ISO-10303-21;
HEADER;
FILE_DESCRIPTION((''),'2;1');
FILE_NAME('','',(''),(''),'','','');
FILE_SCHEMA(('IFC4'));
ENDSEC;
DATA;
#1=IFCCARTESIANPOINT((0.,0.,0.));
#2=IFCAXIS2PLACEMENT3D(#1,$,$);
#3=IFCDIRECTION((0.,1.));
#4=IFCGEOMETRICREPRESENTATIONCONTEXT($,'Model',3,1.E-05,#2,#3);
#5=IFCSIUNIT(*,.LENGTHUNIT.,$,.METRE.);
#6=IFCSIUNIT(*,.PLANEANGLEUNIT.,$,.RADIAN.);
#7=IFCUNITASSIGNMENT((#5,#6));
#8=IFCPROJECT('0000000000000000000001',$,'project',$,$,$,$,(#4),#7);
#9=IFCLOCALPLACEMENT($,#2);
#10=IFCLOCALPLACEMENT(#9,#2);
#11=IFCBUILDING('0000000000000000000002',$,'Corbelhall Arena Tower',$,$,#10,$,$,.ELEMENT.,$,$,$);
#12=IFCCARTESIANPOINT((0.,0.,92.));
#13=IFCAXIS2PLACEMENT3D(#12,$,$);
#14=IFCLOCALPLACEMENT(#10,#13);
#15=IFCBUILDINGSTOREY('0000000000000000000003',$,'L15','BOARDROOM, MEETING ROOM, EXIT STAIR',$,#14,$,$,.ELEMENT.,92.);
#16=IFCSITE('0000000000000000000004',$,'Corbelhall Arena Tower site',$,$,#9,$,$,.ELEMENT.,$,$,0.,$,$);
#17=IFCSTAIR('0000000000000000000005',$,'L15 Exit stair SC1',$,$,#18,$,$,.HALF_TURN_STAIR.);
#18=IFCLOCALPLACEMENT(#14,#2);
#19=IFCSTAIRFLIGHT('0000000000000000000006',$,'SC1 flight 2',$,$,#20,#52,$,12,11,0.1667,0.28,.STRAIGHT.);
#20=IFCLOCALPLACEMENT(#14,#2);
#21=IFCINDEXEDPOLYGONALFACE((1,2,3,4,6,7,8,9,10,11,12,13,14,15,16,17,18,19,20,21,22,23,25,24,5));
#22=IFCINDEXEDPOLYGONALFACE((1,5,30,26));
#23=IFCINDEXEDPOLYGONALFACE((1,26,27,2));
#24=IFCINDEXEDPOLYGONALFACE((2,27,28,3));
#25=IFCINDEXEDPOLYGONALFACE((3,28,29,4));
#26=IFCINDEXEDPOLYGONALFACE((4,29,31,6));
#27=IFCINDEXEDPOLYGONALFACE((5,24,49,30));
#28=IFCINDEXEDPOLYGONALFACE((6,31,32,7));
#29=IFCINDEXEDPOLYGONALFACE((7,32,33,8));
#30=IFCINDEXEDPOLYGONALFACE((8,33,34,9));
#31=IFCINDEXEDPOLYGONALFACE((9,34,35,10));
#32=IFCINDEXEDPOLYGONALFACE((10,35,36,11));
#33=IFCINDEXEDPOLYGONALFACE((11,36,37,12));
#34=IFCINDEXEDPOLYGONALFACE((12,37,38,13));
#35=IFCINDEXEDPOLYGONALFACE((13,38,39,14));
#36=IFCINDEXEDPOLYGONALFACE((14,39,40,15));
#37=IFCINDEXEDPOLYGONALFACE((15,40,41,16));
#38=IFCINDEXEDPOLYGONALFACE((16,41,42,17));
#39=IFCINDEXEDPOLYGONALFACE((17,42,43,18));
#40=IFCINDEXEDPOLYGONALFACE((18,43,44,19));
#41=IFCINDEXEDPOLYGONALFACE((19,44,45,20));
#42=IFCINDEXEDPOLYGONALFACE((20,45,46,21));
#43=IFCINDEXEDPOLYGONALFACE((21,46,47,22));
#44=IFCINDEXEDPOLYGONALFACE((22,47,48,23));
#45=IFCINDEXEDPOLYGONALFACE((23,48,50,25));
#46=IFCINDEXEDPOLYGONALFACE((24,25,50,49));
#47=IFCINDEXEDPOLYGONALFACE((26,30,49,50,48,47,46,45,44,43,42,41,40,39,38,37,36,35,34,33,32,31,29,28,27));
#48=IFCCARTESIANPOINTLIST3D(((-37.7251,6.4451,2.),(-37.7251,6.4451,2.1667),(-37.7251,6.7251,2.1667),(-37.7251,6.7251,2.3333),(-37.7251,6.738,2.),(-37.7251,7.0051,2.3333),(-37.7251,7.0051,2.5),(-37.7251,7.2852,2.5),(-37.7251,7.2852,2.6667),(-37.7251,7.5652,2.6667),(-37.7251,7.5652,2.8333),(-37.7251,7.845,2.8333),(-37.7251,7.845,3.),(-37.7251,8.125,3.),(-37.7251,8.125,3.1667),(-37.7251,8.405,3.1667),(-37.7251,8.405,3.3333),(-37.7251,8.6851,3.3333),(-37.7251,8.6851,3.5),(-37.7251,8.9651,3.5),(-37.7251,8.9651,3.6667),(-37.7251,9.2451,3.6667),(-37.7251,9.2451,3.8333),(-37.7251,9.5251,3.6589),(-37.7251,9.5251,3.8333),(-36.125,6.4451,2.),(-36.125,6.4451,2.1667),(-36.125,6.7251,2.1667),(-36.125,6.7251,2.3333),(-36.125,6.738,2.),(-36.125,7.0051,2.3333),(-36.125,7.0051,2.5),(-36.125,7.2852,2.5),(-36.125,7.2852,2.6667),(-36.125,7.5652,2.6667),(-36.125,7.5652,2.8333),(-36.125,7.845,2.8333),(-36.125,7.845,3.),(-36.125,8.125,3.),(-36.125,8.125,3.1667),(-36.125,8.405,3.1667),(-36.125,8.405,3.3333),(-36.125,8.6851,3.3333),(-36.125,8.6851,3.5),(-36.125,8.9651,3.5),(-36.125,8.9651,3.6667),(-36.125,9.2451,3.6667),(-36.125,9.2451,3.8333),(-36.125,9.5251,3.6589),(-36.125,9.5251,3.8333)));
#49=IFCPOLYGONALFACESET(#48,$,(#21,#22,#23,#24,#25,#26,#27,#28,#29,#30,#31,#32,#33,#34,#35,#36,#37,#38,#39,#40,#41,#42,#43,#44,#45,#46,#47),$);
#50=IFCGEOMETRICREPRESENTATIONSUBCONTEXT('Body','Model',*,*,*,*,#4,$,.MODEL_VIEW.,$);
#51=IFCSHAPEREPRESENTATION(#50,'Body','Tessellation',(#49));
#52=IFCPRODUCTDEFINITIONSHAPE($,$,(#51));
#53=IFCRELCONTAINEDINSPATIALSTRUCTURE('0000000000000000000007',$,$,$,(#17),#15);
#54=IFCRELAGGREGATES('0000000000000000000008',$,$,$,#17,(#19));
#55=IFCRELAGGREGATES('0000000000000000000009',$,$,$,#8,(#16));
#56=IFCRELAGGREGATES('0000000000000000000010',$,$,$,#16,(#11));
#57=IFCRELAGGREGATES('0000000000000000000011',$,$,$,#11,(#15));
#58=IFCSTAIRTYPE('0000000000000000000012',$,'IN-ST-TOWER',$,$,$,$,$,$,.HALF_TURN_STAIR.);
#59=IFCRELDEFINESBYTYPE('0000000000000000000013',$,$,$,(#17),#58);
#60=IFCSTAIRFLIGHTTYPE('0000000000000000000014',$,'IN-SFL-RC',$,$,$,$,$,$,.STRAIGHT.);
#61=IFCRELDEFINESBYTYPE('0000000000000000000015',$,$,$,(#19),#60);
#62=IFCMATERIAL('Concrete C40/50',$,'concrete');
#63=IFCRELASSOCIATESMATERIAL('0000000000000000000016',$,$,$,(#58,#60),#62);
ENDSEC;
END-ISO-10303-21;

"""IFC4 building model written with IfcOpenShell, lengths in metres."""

from ifc_helpers import new_model, si_unit, direction, frame, origin, place, context, subcontext, project, spatial, polyline, outline, extrude, material, type_object, element, aggregate, save


model = new_model("IFC4")

# Units and contexts
model_context = context("Model", 3, precision=1e-05, world=origin(), true_north=direction((0.0, 1.0)))
body_context = subcontext(model_context, "Body", "Model", "MODEL_VIEW")
ifc_project = project(units=[si_unit("LENGTHUNIT", "METRE"), si_unit("PLANEANGLEUNIT", "RADIAN")], contexts=[model_context])

# Site, building, storey
site_placement = place(None, origin())
site = spatial("IfcSite", under=ifc_project, at=site_placement, Name="Corbelhall Arena Tower site", CompositionType="ELEMENT", RefElevation=0.0)
building_placement = place(site_placement, origin())
building = spatial("IfcBuilding", under=site, at=building_placement, Name="Corbelhall Arena Tower", CompositionType="ELEMENT")
storey_placement = place(building_placement, frame((0.0, 0.0, 92.0)))
storey = spatial("IfcBuildingStorey", under=building, at=storey_placement, Name="L15", Description="BOARDROOM, MEETING ROOM, EXIT STAIR", CompositionType="ELEMENT", Elevation=92.0)

# Shared definitions
ifc_material_1 = material(Name="Concrete C40/50", Category="concrete")

# Stair, stair flight
stair_type = type_object("IfcStairType", Name="IN-ST-TOWER", PredefinedType="HALF_TURN_STAIR", material=ifc_material_1)
stair_placement = place(storey_placement, origin())
stair = element("IfcStair", 1, at=stair_placement, inside=storey, type_object=stair_type, Name="L15 Exit stair SC1", PredefinedType="HALF_TURN_STAIR")
stair_flight_type = type_object("IfcStairFlightType", Name="IN-SFL-RC", PredefinedType="STRAIGHT", material=ifc_material_1)
stair_flight_1_placement = place(storey_placement, frame((-36.925, 6.4451, 2.0), z_axis=(0.0, 0.0, 1.0), x_axis=(0.0, 1.0, 0.0)))
stair_flight_1 = element("IfcStairFlight", 2, at=stair_flight_1_placement, type_object=stair_flight_type, Name="SC1 flight 2", NumberOfRisers=12, NumberOfTreads=11, PredefinedType="STRAIGHT", RiserHeight=0.1667, TreadLength=0.28, context=body_context, shape_type="SweptSolid", body=[
    extrude(outline(polyline([(0.0, 0.0), (0.0, 0.1667), (0.28, 0.1667), (0.28, 0.3333), (0.5601, 0.3333), (0.5601, 0.5), (0.8401, 0.5), (0.8401, 0.6667), (1.1201, 0.6667), (1.1201, 0.8333), (1.3999, 0.8333), (1.3999, 1.0), (1.6799, 1.0), (1.6799, 1.1667), (1.96, 1.1667), (1.96, 1.3333), (2.24, 1.3333), (2.24, 1.5), (2.52, 1.5), (2.52, 1.6667), (2.8, 1.6667), (2.8, 1.8333), (3.0801, 1.8333), (3.0801, 2.0), (3.0801, 1.6589), (0.293, 0.0), (0.0, 0.0)])), frame((0.0, 0.8, 0.0), z_axis=(0.0, -1.0, 0.0), x_axis=(1.0, 0.0, 0.0)), (0.0, 0.0, 1.0), 1.6001),
])
aggregate(stair, [stair_flight_1])

save(model, "model.ifc")
